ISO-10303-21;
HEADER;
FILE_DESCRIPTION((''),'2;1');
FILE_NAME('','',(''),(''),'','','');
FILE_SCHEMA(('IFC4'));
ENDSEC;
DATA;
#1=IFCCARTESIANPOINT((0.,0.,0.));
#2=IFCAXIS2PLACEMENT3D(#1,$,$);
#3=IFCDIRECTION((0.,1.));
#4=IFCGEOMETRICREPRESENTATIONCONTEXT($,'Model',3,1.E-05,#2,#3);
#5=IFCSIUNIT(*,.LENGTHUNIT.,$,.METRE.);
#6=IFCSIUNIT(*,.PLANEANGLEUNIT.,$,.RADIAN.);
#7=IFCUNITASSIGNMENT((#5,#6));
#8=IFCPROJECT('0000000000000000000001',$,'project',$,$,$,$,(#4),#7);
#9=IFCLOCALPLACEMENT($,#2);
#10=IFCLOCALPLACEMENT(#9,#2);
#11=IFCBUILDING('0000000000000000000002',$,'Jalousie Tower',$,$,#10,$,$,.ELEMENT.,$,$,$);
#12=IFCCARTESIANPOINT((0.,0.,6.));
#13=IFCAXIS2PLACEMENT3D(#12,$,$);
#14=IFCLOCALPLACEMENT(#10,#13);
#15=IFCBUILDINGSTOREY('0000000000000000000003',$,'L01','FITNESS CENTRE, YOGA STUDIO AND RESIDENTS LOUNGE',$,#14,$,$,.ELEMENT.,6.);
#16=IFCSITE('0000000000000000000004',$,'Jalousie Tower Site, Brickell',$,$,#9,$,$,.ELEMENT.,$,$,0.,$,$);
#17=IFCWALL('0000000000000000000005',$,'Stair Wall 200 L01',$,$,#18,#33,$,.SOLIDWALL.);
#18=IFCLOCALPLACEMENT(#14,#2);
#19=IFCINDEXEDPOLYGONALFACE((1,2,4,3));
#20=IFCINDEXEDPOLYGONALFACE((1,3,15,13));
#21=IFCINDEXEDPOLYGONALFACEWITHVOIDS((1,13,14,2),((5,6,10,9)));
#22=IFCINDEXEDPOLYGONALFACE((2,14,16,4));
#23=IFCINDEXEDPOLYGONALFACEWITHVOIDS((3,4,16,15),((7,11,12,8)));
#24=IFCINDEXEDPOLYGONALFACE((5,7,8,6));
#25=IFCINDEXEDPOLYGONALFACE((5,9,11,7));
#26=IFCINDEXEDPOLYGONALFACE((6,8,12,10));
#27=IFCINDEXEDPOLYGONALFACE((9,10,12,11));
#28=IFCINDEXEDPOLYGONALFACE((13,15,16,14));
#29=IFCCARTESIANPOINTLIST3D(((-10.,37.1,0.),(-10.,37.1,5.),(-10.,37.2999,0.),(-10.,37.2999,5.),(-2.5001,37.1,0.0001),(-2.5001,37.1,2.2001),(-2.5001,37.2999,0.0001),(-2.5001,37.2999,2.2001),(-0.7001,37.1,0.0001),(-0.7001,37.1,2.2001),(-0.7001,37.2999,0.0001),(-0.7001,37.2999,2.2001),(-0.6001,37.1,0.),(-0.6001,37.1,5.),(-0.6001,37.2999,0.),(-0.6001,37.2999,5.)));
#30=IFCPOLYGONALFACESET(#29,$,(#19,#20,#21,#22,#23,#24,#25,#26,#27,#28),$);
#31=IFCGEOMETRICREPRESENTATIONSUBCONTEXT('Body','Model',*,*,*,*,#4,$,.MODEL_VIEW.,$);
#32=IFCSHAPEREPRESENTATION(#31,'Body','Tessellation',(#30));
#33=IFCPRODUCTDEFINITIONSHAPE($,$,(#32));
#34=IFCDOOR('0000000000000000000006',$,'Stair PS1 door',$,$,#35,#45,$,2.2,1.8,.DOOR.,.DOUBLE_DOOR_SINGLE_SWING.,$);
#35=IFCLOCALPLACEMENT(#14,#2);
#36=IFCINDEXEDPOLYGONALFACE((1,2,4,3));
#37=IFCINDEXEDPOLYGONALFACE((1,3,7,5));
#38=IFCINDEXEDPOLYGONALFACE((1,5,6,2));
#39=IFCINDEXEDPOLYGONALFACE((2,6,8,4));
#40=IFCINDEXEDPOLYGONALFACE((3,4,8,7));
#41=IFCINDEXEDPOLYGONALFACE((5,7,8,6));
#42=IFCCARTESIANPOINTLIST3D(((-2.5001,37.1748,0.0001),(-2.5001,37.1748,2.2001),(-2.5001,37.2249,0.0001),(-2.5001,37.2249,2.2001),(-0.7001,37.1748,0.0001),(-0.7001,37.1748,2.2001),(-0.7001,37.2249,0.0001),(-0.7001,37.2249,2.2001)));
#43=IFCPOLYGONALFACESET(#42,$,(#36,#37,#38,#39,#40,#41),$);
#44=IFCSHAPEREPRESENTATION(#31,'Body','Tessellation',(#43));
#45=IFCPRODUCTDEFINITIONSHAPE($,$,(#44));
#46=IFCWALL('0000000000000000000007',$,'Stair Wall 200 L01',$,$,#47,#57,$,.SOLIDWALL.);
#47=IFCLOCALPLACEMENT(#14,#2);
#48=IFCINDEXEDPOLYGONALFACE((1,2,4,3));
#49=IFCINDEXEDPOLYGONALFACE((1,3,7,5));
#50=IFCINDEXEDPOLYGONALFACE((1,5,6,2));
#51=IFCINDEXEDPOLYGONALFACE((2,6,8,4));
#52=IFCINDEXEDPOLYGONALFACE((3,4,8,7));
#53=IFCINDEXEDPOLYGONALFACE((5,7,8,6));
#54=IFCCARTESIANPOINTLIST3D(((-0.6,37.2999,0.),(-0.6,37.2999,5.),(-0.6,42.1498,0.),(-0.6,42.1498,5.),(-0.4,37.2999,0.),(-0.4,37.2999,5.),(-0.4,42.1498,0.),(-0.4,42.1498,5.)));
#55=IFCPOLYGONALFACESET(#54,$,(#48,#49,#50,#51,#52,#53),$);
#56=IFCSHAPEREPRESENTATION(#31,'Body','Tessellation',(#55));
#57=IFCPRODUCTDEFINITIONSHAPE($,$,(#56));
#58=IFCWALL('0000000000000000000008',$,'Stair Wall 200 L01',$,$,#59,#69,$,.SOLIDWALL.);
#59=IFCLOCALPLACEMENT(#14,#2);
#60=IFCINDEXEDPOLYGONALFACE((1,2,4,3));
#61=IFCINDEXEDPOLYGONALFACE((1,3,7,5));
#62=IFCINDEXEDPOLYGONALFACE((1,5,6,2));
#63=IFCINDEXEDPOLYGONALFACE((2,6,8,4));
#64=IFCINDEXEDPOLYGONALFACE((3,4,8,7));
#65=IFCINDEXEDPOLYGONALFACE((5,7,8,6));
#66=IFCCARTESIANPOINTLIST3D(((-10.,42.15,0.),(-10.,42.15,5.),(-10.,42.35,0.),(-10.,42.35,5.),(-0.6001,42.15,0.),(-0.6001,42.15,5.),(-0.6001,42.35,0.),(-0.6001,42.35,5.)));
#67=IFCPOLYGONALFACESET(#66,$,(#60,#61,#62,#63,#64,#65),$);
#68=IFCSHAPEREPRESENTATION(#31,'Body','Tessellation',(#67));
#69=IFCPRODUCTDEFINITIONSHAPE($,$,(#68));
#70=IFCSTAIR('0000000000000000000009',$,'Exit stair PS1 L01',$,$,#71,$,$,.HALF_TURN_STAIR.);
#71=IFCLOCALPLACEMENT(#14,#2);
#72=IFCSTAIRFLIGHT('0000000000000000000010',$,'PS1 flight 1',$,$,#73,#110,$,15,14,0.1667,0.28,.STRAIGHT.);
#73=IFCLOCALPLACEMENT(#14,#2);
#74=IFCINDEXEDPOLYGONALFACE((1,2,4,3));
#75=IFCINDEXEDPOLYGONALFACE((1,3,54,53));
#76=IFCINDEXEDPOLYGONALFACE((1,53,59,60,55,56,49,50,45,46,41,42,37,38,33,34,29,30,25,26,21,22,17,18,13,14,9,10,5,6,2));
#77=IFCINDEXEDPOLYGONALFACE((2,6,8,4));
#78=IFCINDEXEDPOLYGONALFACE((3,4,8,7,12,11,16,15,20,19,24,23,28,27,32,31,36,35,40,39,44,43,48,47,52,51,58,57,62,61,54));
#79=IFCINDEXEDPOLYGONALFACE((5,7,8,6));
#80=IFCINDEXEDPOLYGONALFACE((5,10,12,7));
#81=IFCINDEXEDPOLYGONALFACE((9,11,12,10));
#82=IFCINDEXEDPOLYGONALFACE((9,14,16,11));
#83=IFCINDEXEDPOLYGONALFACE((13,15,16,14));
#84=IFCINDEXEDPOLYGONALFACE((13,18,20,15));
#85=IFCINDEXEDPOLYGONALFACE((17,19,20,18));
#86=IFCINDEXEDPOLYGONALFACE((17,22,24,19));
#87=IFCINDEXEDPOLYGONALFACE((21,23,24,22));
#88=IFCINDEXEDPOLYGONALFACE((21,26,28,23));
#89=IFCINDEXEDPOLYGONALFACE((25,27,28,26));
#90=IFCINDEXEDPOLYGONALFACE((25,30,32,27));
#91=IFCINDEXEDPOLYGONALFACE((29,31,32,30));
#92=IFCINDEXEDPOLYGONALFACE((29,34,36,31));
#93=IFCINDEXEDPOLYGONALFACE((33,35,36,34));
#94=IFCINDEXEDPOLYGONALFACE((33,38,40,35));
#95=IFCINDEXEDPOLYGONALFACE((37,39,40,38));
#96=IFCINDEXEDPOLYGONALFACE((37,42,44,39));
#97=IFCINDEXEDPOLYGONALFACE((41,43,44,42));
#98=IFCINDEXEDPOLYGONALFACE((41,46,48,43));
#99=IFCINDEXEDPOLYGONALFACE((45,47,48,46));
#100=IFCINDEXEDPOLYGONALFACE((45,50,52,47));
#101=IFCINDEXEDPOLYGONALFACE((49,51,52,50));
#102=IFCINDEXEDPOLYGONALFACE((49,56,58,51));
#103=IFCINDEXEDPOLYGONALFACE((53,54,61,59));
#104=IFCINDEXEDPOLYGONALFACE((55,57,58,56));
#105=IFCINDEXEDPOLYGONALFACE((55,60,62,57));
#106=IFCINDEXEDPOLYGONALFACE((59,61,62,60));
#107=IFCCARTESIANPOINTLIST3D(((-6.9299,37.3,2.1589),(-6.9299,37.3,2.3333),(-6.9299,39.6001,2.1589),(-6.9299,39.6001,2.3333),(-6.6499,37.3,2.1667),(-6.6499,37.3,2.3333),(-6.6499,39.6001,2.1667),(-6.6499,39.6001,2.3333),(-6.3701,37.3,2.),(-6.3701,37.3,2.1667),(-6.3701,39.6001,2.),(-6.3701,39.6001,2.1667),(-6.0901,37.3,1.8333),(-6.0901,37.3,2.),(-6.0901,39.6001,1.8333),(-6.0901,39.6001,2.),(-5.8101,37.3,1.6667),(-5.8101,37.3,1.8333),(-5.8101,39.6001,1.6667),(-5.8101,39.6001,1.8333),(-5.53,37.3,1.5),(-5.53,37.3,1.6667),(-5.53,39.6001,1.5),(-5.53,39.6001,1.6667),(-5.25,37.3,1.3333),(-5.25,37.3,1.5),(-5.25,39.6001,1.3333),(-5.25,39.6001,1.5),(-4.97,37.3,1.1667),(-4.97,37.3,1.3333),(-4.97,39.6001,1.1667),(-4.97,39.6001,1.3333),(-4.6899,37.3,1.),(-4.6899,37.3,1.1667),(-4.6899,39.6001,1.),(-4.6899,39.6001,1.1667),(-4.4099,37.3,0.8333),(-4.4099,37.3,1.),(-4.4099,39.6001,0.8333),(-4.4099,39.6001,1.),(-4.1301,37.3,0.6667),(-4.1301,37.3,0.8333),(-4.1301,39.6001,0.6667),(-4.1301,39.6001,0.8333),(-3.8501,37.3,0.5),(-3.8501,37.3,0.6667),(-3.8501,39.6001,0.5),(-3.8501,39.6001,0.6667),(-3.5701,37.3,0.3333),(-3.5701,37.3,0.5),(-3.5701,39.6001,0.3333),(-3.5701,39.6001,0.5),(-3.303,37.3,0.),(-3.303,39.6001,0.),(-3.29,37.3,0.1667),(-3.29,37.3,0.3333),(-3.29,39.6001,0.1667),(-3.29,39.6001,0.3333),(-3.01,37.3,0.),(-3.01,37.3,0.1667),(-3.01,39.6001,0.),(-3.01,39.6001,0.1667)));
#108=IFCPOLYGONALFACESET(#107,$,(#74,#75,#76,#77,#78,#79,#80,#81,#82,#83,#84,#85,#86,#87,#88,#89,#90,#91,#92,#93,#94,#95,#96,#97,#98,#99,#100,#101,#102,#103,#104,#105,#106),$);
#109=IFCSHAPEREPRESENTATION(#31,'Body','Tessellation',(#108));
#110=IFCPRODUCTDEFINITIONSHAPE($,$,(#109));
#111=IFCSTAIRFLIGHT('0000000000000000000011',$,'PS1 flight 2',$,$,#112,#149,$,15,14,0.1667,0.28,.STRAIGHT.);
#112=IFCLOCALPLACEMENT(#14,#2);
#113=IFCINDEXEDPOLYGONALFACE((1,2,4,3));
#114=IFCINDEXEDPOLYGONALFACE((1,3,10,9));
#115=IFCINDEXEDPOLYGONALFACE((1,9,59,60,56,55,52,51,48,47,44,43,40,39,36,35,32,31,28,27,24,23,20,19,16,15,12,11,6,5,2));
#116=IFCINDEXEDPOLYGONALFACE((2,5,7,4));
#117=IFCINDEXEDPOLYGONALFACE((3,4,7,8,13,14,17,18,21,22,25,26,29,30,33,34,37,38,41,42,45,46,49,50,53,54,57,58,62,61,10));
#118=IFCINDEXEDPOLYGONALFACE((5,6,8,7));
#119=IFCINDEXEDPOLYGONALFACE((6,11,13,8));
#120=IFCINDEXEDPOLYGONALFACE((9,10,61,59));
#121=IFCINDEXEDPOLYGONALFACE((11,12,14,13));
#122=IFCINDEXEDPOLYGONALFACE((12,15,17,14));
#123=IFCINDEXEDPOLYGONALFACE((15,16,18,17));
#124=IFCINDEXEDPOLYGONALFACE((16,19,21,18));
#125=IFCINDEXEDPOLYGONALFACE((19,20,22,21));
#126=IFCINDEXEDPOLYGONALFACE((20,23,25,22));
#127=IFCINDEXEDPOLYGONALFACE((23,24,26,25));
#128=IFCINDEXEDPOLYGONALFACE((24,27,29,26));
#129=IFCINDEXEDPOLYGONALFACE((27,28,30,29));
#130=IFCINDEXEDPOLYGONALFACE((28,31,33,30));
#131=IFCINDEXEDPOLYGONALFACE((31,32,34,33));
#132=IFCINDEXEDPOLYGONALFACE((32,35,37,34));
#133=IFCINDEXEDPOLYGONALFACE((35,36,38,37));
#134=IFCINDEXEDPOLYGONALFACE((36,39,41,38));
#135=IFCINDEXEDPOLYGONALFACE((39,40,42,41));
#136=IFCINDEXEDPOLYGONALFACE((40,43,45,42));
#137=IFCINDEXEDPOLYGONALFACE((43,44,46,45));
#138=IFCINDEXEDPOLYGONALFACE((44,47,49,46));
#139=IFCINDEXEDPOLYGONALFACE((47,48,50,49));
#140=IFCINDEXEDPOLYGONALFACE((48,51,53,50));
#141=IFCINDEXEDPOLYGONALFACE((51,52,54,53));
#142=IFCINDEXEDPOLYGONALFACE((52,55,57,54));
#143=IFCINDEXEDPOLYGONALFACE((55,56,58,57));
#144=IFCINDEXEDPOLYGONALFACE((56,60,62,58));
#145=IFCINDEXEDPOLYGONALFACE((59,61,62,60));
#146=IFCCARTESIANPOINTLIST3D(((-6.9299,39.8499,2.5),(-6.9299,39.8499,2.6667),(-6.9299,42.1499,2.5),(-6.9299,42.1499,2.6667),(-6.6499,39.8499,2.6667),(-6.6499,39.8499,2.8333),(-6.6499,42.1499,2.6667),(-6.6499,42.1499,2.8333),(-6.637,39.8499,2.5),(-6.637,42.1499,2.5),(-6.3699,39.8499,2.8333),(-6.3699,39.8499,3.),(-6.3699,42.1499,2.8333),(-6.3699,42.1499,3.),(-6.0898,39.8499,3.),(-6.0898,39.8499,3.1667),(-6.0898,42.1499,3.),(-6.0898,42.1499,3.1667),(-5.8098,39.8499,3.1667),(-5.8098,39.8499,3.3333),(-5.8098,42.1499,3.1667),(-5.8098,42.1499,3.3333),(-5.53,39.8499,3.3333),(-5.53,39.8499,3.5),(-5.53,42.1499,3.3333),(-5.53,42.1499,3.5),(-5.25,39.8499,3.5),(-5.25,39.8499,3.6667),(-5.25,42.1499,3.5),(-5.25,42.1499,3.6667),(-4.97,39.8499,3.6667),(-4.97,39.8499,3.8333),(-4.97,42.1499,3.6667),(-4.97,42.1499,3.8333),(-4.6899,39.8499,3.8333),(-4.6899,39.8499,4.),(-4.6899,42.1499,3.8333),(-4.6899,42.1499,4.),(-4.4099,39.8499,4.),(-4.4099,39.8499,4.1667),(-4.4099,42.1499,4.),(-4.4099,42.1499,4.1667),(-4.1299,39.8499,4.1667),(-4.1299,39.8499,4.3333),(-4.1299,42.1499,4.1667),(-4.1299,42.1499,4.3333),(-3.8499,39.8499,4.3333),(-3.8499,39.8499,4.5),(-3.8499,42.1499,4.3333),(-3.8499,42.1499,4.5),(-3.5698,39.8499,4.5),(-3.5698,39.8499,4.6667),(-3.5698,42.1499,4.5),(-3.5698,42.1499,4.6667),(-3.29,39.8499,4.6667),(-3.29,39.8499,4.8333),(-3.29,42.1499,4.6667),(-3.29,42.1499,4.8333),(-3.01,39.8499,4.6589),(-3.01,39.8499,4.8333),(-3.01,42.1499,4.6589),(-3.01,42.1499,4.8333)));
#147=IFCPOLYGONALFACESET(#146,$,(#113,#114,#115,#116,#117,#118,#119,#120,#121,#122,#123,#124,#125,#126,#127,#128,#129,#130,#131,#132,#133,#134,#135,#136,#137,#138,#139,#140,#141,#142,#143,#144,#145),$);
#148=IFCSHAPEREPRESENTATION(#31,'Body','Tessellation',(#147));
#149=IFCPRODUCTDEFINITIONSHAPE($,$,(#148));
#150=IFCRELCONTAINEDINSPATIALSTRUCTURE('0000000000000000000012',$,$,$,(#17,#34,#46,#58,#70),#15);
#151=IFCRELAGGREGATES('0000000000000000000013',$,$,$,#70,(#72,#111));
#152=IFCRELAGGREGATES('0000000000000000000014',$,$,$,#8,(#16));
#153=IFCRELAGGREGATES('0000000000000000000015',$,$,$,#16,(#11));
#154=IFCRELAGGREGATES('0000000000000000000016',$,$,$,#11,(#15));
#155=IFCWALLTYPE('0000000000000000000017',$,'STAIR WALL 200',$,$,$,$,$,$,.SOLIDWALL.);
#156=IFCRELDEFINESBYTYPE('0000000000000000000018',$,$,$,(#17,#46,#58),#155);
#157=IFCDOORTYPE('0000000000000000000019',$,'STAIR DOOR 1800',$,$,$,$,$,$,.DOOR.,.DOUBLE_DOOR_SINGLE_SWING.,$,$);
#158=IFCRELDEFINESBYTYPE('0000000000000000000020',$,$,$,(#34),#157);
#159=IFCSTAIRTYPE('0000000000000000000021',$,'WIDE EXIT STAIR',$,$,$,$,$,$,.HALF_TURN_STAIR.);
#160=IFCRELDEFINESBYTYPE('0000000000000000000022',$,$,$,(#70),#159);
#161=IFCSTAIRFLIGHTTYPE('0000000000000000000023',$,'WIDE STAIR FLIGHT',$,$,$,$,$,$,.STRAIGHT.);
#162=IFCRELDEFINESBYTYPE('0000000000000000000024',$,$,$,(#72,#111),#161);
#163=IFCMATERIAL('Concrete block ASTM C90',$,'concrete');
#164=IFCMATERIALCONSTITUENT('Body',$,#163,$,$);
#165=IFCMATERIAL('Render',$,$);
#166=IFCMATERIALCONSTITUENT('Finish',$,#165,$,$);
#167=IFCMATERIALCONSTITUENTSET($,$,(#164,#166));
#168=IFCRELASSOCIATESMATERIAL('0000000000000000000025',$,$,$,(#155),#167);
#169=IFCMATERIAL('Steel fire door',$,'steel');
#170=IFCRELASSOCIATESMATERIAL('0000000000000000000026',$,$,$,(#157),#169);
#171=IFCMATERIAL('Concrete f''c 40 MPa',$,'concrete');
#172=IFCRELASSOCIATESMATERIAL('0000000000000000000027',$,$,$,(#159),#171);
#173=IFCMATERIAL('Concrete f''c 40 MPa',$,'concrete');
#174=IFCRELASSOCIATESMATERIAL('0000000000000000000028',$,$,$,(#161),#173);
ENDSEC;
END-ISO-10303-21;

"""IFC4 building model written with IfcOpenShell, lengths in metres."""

from ifc_helpers import new_model, si_unit, direction, frame, frame_2d, origin, place, context, subcontext, project, spatial, polyline, rectangle, outline, extrude, material, constituent, constituent_set, type_object, element, fill, aggregate, save


model = new_model("IFC4")

# Units and contexts
model_context = context("Model", 3, precision=1e-05, world=origin(), true_north=direction((0.0, 1.0)))
body_context = subcontext(model_context, "Body", "Model", "MODEL_VIEW")
ifc_project = project(units=[si_unit("LENGTHUNIT", "METRE"), si_unit("PLANEANGLEUNIT", "RADIAN")], contexts=[model_context])

# Site, building, storey
site_placement = place(None, origin())
site = spatial("IfcSite", under=ifc_project, at=site_placement, Name="Jalousie Tower Site, Brickell", CompositionType="ELEMENT", RefElevation=0.0)
building_placement = place(site_placement, origin())
building = spatial("IfcBuilding", under=site, at=building_placement, Name="Jalousie Tower", CompositionType="ELEMENT")
storey_placement = place(building_placement, frame((0.0, 0.0, 6.0)))
storey = spatial("IfcBuildingStorey", under=building, at=storey_placement, Name="L01", Description="FITNESS CENTRE, YOGA STUDIO AND RESIDENTS LOUNGE", CompositionType="ELEMENT", Elevation=6.0)

# Shared definitions
ifc_material_1 = material(Name="Concrete block ASTM C90", Category="concrete")
ifc_constituent_1 = constituent(ifc_material_1, Name="Body")
ifc_material_2 = material(Name="Render")
ifc_constituent_2 = constituent(ifc_material_2, Name="Finish")
ifc_constituent_set_1 = constituent_set(constituents=[ifc_constituent_1, ifc_constituent_2])
wall_type_1 = type_object("IfcWallType", Name="STAIR WALL 200", PredefinedType="SOLIDWALL", material=ifc_constituent_set_1)

# Wall, opening, door
wall_1_placement = place(storey_placement, frame((-10.0, 37.2, 0.0), z_axis=(0.0, 0.0, 1.0), x_axis=(1.0, 0.0, 0.0)))
wall_1 = element("IfcWall", 1, at=wall_1_placement, inside=storey, type_object=wall_type_1, Name="Stair Wall 200 L01", PredefinedType="SOLIDWALL", context=body_context, shape_type="SweptSolid", body=[
    extrude(rectangle(XDim=9.3999, YDim=0.2, at=frame_2d((4.7, 0.0))), origin(), (0.0, 0.0, 1.0), 5.0),
])
opening_1_placement = place(wall_1_placement, frame((7.5, 0.0, 0.0)))
opening_1 = element("IfcOpeningElement", 2, at=opening_1_placement, cuts=wall_1, PredefinedType="OPENING", context=body_context, shape_type="SweptSolid", body=[
    extrude(rectangle(XDim=1.8, YDim=2.2, at=frame_2d((0.8999, 1.1001))), frame((0.0, 0.1099, 0.0), z_axis=(0.0, -1.0, 0.0), x_axis=(1.0, 0.0, 0.0)), (0.0, 0.0, 1.0), 0.22),
])
ifc_material_3 = material(Name="Steel fire door", Category="steel")
door_type_1 = type_object("IfcDoorType", Name="STAIR DOOR 1800", OperationType="DOUBLE_DOOR_SINGLE_SWING", PredefinedType="DOOR", material=ifc_material_3)
door_1_placement = place(opening_1_placement, origin())
door_1 = element("IfcDoor", 3, at=door_1_placement, inside=storey, type_object=door_type_1, Name="Stair PS1 door", OperationType="DOUBLE_DOOR_SINGLE_SWING", OverallHeight=2.2, OverallWidth=1.8, PredefinedType="DOOR", context=body_context, shape_type="SweptSolid", body=[
    extrude(rectangle(XDim=1.8, YDim=2.2, at=frame_2d((0.8999, 1.1001))), frame((0.0, 0.0249, 0.0), z_axis=(0.0, -1.0, 0.0), x_axis=(1.0, 0.0, 0.0)), (0.0, 0.0, 1.0), 0.05),
])
fill(opening_1, door_1)

# Walls
wall_2_placement = place(storey_placement, frame((-0.5, 37.3, 0.0), z_axis=(0.0, 0.0, 1.0), x_axis=(0.0, 1.0, 0.0)))
element("IfcWall", 4, at=wall_2_placement, inside=storey, type_object=wall_type_1, Name="Stair Wall 200 L01", PredefinedType="SOLIDWALL", context=body_context, shape_type="SweptSolid", body=[
    extrude(rectangle(XDim=4.8499, YDim=0.2, at=frame_2d((2.4248, 0.0))), origin(), (0.0, 0.0, 1.0), 5.0),
])
wall_3_placement = place(storey_placement, frame((-10.0, 42.25, 0.0), z_axis=(0.0, 0.0, 1.0), x_axis=(1.0, 0.0, 0.0)))
element("IfcWall", 5, at=wall_3_placement, inside=storey, type_object=wall_type_1, Name="Stair Wall 200 L01", PredefinedType="SOLIDWALL", context=body_context, shape_type="SweptSolid", body=[
    extrude(rectangle(XDim=9.3999, YDim=0.2, at=frame_2d((4.7, 0.0))), origin(), (0.0, 0.0, 1.0), 5.0),
])

# Stair, stair flights
ifc_material_4 = material(Name="Concrete f'c 40 MPa", Category="concrete")
stair_type = type_object("IfcStairType", Name="WIDE EXIT STAIR", PredefinedType="HALF_TURN_STAIR", material=ifc_material_4)
stair_placement = place(storey_placement, origin())
stair = element("IfcStair", 6, at=stair_placement, inside=storey, type_object=stair_type, Name="Exit stair PS1 L01", PredefinedType="HALF_TURN_STAIR")
ifc_material_5 = material(Name="Concrete f'c 40 MPa", Category="concrete")
stair_flight_type = type_object("IfcStairFlightType", Name="WIDE STAIR FLIGHT", PredefinedType="STRAIGHT", material=ifc_material_5)
stair_flight_1_placement = place(storey_placement, frame((-3.01, 38.45, 0.0), z_axis=(0.0, 0.0, 1.0), x_axis=(-1.0, 0.0, 0.0)))
stair_flight_1 = element("IfcStairFlight", 7, at=stair_flight_1_placement, type_object=stair_flight_type, Name="PS1 flight 1", NumberOfRisers=15, NumberOfTreads=14, PredefinedType="STRAIGHT", RiserHeight=0.1667, TreadLength=0.28, context=body_context, shape_type="SweptSolid", body=[
    extrude(outline(polyline([(0.0, 0.0), (0.0, 0.1667), (0.28, 0.1667), (0.28, 0.3333), (0.5601, 0.3333), (0.5601, 0.5), (0.8401, 0.5), (0.8401, 0.6667), (1.1201, 0.6667), (1.1201, 0.8333), (1.3999, 0.8333), (1.3999, 1.0), (1.6799, 1.0), (1.6799, 1.1667), (1.96, 1.1667), (1.96, 1.3333), (2.24, 1.3333), (2.24, 1.5), (2.52, 1.5), (2.52, 1.6667), (2.8, 1.6667), (2.8, 1.8333), (3.0801, 1.8333), (3.0801, 2.0), (3.3601, 2.0), (3.3601, 2.1667), (3.6399, 2.1667), (3.6399, 2.3333), (3.9199, 2.3333), (3.9199, 2.5), (3.9199, 2.1589), (0.293, 0.0), (0.0, 0.0)])), frame((0.0, 1.1499, 0.0), z_axis=(0.0, -1.0, 0.0), x_axis=(1.0, 0.0, 0.0)), (0.0, 0.0, 1.0), 2.3),
])
stair_flight_2_placement = place(storey_placement, frame((-6.9299, 41.0, 2.5), z_axis=(0.0, 0.0, 1.0), x_axis=(1.0, 0.0, 0.0)))
stair_flight_2 = element("IfcStairFlight", 8, at=stair_flight_2_placement, type_object=stair_flight_type, Name="PS1 flight 2", NumberOfRisers=15, NumberOfTreads=14, PredefinedType="STRAIGHT", RiserHeight=0.1667, TreadLength=0.28, context=body_context, shape_type="SweptSolid", body=[
    extrude(outline(polyline([(0.0, 0.0), (0.0, 0.1667), (0.28, 0.1667), (0.28, 0.3333), (0.5601, 0.3333), (0.5601, 0.5), (0.8401, 0.5), (0.8401, 0.6667), (1.1201, 0.6667), (1.1201, 0.8333), (1.3999, 0.8333), (1.3999, 1.0), (1.6799, 1.0), (1.6799, 1.1667), (1.96, 1.1667), (1.96, 1.3333), (2.24, 1.3333), (2.24, 1.5), (2.52, 1.5), (2.52, 1.6667), (2.8, 1.6667), (2.8, 1.8333), (3.0801, 1.8333), (3.0801, 2.0), (3.3601, 2.0), (3.3601, 2.1667), (3.6399, 2.1667), (3.6399, 2.3333), (3.9199, 2.3333), (3.9199, 2.5), (3.9199, 2.1589), (0.293, 0.0), (0.0, 0.0)])), frame((0.0, 1.1499, 0.0), z_axis=(0.0, -1.0, 0.0), x_axis=(1.0, 0.0, 0.0)), (0.0, 0.0, 1.0), 2.3),
])
aggregate(stair, [stair_flight_1, stair_flight_2])

save(model, "model.ifc")
